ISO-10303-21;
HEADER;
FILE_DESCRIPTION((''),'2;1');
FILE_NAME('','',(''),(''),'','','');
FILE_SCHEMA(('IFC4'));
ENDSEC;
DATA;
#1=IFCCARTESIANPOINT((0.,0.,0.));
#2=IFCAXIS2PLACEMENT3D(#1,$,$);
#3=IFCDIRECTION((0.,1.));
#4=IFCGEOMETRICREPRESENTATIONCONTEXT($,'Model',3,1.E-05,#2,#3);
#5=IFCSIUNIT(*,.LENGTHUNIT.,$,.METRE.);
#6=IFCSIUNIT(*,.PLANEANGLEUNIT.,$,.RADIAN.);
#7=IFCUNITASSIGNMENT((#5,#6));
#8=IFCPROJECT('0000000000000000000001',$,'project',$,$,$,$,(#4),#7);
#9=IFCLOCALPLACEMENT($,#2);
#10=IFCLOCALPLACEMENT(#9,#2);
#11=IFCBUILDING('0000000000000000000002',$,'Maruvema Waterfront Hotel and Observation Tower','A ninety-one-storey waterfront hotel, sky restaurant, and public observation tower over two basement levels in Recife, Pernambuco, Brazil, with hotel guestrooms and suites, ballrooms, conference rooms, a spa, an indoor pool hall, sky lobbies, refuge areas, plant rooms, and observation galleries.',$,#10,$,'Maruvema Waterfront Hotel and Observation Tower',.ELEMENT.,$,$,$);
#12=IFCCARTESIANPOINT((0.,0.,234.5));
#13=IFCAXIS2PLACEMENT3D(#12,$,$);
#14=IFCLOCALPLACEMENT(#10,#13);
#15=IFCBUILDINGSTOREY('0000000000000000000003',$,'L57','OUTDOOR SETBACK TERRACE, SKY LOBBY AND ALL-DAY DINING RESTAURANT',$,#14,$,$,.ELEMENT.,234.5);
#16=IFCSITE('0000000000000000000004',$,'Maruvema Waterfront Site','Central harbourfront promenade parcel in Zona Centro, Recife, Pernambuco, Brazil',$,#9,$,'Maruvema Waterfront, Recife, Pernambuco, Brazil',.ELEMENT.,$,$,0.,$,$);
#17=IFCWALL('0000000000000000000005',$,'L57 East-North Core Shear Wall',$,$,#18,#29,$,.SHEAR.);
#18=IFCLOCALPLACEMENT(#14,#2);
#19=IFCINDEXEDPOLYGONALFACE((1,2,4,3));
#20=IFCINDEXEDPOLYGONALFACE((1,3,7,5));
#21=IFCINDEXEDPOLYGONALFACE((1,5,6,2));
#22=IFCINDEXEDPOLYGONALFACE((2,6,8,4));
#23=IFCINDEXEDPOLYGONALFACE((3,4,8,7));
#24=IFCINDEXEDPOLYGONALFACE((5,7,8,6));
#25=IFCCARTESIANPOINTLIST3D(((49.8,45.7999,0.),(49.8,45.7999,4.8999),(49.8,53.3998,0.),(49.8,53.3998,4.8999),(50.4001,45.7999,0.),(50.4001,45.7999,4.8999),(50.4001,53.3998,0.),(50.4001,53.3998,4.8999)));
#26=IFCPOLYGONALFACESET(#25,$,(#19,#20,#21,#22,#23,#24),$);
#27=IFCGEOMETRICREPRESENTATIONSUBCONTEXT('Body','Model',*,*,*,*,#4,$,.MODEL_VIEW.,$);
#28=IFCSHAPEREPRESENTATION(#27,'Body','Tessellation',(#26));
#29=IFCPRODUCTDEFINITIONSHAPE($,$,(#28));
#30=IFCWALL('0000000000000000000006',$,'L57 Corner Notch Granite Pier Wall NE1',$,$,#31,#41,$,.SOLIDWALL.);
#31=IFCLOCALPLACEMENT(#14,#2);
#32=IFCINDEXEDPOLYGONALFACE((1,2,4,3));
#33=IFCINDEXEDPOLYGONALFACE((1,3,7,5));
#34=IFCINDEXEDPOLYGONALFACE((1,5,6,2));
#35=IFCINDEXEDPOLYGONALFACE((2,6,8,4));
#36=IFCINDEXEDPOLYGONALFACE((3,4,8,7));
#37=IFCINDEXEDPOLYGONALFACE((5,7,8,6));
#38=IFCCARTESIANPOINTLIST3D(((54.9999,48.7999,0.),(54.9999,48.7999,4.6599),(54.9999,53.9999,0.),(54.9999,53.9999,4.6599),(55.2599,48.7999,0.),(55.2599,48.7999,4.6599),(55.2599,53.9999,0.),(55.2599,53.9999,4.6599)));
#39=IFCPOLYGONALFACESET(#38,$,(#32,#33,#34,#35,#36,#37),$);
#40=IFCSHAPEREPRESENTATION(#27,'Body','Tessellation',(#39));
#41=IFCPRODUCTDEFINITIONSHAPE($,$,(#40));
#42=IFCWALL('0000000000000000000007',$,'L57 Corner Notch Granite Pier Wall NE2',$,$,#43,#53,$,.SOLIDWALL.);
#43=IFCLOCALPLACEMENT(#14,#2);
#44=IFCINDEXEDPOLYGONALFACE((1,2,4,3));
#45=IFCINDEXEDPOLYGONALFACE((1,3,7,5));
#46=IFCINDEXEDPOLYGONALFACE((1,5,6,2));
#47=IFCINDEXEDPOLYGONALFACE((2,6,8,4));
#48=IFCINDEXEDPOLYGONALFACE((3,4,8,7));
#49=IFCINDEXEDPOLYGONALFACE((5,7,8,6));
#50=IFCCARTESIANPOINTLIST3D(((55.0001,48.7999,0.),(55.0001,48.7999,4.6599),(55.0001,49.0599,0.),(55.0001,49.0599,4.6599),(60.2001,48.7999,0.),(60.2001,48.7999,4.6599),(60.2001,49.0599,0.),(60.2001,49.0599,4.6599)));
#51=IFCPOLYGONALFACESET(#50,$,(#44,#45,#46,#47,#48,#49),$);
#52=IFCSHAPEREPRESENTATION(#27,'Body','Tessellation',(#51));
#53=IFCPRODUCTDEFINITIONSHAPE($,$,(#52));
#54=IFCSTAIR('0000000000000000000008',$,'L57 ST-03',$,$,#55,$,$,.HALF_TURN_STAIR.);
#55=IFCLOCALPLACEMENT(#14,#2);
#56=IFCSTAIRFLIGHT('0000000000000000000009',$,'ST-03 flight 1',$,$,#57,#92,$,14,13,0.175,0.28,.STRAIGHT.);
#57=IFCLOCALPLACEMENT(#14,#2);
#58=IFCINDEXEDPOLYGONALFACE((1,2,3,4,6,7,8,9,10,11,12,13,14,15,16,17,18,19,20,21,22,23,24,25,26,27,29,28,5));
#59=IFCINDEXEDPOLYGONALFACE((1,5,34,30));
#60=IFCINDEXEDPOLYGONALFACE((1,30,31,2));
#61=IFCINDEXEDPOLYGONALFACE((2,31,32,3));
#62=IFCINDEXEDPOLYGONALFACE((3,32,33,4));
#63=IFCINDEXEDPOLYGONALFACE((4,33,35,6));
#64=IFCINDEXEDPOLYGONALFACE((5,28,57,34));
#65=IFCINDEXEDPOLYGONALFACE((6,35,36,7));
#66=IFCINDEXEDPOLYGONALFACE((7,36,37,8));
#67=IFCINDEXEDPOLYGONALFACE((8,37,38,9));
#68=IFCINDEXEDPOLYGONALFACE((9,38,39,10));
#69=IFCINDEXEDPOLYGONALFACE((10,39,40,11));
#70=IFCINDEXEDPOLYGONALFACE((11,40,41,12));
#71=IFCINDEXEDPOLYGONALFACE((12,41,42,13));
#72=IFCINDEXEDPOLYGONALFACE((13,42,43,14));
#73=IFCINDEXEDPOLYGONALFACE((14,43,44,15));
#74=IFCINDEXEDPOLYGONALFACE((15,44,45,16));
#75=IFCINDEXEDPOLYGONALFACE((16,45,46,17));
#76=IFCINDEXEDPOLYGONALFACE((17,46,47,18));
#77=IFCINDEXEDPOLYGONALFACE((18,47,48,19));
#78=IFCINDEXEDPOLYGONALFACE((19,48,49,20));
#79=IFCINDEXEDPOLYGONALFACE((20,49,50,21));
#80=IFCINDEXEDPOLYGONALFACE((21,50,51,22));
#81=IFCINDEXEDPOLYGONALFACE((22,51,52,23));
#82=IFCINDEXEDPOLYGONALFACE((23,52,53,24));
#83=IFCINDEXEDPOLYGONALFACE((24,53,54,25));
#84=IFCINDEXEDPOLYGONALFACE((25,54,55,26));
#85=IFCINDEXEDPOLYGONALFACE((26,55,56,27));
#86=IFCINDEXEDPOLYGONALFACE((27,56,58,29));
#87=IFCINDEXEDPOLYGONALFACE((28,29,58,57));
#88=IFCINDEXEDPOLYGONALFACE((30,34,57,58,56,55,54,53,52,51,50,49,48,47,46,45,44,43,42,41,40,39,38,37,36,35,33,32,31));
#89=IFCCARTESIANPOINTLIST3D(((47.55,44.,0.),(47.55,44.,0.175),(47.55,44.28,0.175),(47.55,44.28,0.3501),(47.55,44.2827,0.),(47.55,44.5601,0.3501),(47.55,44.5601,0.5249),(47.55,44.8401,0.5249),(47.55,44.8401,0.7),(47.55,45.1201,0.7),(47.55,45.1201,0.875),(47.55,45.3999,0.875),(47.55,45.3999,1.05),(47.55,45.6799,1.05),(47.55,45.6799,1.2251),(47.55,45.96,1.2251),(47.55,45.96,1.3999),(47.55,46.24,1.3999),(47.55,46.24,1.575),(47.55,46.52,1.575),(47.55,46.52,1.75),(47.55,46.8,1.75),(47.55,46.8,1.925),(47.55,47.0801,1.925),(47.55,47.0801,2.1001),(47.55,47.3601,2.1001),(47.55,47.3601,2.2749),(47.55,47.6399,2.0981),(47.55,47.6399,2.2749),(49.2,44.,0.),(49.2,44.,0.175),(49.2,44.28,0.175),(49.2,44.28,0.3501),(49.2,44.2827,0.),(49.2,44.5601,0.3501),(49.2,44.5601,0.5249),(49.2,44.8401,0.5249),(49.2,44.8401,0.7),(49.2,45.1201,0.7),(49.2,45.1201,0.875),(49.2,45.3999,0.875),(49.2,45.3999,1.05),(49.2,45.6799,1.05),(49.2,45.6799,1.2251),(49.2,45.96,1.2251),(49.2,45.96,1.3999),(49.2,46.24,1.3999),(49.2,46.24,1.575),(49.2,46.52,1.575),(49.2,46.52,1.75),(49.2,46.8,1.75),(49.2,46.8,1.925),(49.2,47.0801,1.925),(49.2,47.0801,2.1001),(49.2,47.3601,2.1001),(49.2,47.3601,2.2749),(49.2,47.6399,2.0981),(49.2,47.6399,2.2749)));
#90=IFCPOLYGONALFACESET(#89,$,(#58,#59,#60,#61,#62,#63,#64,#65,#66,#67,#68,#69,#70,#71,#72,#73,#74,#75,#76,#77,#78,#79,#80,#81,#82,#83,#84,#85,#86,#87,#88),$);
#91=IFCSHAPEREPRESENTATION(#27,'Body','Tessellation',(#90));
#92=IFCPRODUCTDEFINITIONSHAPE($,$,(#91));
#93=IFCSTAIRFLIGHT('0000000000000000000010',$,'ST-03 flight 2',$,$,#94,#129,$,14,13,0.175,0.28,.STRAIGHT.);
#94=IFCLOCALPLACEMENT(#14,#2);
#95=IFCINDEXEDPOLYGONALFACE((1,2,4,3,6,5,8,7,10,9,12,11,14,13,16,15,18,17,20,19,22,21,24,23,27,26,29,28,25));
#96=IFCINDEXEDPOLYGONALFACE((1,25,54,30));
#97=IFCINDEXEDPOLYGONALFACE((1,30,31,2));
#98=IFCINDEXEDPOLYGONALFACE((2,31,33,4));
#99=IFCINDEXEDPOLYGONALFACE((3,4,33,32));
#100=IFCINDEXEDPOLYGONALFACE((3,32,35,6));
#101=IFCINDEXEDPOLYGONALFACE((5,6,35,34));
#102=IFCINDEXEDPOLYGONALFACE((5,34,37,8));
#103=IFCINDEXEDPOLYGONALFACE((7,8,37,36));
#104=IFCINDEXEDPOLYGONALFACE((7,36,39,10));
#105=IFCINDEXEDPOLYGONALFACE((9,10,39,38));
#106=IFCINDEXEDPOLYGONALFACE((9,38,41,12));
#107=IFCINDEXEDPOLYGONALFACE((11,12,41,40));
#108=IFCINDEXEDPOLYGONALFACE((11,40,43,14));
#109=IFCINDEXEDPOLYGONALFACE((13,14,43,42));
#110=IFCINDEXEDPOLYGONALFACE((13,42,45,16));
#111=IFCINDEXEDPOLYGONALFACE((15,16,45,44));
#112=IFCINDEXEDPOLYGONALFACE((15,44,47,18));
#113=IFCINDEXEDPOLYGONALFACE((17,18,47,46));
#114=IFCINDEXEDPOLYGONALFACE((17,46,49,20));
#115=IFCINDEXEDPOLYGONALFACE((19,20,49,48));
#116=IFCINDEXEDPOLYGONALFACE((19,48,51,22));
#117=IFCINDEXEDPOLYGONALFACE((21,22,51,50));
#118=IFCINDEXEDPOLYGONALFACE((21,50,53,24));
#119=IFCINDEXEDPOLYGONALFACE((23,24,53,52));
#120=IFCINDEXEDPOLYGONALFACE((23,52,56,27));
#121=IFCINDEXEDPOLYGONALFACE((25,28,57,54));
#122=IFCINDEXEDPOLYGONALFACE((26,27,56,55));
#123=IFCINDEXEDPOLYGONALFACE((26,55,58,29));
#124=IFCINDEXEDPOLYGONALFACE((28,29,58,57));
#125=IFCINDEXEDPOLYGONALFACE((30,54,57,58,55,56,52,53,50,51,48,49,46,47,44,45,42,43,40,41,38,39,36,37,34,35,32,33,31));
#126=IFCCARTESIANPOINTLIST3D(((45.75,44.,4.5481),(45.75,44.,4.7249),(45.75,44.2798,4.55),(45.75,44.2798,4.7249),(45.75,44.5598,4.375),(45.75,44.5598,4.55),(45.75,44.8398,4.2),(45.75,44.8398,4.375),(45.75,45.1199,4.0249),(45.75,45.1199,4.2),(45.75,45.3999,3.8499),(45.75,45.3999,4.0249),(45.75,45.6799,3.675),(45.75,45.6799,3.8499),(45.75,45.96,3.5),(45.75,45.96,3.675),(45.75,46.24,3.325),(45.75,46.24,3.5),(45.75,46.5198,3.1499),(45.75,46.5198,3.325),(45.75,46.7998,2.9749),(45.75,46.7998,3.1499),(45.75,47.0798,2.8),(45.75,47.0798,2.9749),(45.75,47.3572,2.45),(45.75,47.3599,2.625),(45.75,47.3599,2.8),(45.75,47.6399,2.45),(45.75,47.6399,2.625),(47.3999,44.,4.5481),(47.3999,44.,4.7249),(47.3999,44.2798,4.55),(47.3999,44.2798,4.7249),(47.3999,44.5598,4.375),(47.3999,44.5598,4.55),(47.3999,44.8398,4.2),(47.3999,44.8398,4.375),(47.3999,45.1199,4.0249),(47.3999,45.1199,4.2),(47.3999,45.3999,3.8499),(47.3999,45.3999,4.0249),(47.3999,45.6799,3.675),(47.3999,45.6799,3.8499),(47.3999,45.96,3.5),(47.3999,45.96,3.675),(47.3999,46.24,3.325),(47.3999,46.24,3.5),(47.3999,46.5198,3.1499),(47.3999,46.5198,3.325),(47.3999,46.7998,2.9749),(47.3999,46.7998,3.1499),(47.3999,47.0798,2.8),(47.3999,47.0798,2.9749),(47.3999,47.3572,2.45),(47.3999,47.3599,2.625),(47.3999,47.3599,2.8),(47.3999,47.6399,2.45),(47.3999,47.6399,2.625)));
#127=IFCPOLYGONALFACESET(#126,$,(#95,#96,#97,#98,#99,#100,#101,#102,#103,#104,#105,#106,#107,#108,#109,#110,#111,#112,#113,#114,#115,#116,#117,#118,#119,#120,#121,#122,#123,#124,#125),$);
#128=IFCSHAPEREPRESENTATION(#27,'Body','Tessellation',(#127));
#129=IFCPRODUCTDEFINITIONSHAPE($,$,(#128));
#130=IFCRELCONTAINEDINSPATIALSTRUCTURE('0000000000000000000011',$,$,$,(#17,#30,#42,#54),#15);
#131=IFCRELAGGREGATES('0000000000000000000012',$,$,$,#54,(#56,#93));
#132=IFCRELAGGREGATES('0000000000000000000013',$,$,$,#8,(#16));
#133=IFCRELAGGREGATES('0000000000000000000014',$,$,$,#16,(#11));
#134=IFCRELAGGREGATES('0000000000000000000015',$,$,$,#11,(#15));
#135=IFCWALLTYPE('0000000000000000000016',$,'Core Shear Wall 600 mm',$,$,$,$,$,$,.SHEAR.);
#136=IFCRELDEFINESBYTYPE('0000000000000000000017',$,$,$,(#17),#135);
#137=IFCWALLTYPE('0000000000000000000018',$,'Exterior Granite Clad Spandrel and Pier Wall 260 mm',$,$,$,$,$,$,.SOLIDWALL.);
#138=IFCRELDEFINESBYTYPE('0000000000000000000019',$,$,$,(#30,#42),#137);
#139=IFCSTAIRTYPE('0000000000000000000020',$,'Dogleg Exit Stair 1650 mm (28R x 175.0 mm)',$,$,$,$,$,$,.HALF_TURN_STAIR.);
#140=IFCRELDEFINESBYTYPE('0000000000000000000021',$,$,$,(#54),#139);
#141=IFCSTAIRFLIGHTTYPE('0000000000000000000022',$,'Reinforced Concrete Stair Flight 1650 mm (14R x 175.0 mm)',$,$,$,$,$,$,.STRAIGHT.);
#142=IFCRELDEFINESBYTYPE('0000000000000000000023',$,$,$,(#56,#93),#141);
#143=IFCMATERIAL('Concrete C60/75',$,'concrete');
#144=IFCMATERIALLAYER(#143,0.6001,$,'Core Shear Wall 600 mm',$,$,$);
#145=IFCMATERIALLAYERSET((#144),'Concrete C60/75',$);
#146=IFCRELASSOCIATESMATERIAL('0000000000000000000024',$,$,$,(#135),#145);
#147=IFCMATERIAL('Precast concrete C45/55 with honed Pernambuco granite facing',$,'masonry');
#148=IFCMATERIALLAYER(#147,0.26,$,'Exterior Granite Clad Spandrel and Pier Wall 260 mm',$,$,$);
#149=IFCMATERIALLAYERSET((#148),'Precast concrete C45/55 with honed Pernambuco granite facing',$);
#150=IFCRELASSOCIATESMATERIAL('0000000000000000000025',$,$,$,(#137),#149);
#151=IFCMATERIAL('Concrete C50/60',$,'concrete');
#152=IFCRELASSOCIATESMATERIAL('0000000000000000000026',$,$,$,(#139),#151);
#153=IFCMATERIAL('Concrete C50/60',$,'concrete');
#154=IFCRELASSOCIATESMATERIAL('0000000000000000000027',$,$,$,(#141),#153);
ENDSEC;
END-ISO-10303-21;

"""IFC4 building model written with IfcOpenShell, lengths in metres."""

from ifc_helpers import new_model, si_unit, direction, frame, frame_2d, origin, place, context, subcontext, project, spatial, polyline, rectangle, outline, extrude, material, layer, layer_set, type_object, element, aggregate, save


model = new_model("IFC4")

# Units and contexts
model_context = context("Model", 3, precision=1e-05, world=origin(), true_north=direction((0.0, 1.0)))
body_context = subcontext(model_context, "Body", "Model", "MODEL_VIEW")
ifc_project = project(units=[si_unit("LENGTHUNIT", "METRE"), si_unit("PLANEANGLEUNIT", "RADIAN")], contexts=[model_context])

# Site, building, storey
site_placement = place(None, origin())
site = spatial("IfcSite", under=ifc_project, at=site_placement, Name="Maruvema Waterfront Site", Description="Central harbourfront promenade parcel in Zona Centro, Recife, Pernambuco, Brazil", LongName="Maruvema Waterfront, Recife, Pernambuco, Brazil", CompositionType="ELEMENT", RefElevation=0.0)
building_placement = place(site_placement, origin())
building = spatial("IfcBuilding", under=site, at=building_placement, Name="Maruvema Waterfront Hotel and Observation Tower", Description="A ninety-one-storey waterfront hotel, sky restaurant, and public observation tower over two basement levels in Recife, Pernambuco, Brazil, with hotel guestrooms and suites, ballrooms, conference rooms, a spa, an indoor pool hall, sky lobbies, refuge areas, plant rooms, and observation galleries.", LongName="Maruvema Waterfront Hotel and Observation Tower", CompositionType="ELEMENT")
storey_placement = place(building_placement, frame((0.0, 0.0, 234.5)))
storey = spatial("IfcBuildingStorey", under=building, at=storey_placement, Name="L57", Description="OUTDOOR SETBACK TERRACE, SKY LOBBY AND ALL-DAY DINING RESTAURANT", CompositionType="ELEMENT", Elevation=234.5)

# Walls
ifc_material_1 = material(Name="Concrete C60/75", Category="concrete")
ifc_layer_1 = layer(ifc_material_1, 0.6001, Name="Core Shear Wall 600 mm")
ifc_layer_set_1 = layer_set([ifc_layer_1], Name="Concrete C60/75")
wall_type_1 = type_object("IfcWallType", Name="Core Shear Wall 600 mm", PredefinedType="SHEAR", material=ifc_layer_set_1)
wall_1_placement = place(storey_placement, frame((50.1001, 45.8, 0.0), z_axis=(0.0, 0.0, 1.0), x_axis=(0.0, 1.0, 0.0)))
element("IfcWall", 1, at=wall_1_placement, inside=storey, type_object=wall_type_1, Name="L57 East-North Core Shear Wall", PredefinedType="SHEAR", context=body_context, shape_type="SweptSolid", body=[
    extrude(rectangle(XDim=7.5999, YDim=0.6001, at=frame_2d((3.7998, 0.0))), origin(), (0.0, 0.0, 1.0), 4.8999),
])
ifc_material_2 = material(Name="Precast concrete C45/55 with honed Pernambuco granite facing", Category="masonry")
ifc_layer_2 = layer(ifc_material_2, 0.26, Name="Exterior Granite Clad Spandrel and Pier Wall 260 mm")
ifc_layer_set_2 = layer_set([ifc_layer_2], Name="Precast concrete C45/55 with honed Pernambuco granite facing")
wall_type_2 = type_object("IfcWallType", Name="Exterior Granite Clad Spandrel and Pier Wall 260 mm", PredefinedType="SOLIDWALL", material=ifc_layer_set_2)
for number, where, z_axis, x_axis, name in (
    (2, (55.1299, 54.0, 0.0), (0.0, 0.0, 1.0), (0.0, -1.0, 0.0), "L57 Corner Notch Granite Pier Wall NE1"),
    (3, (55.0, 48.9299, 0.0), (0.0, 0.0, 1.0), (1.0, 0.0, 0.0), "L57 Corner Notch Granite Pier Wall NE2"),
):
    element("IfcWall", number, at=place(storey_placement, frame(where, z_axis=z_axis, x_axis=x_axis)), inside=storey, type_object=wall_type_2, Name=name, PredefinedType="SOLIDWALL", context=body_context, shape_type="SweptSolid", body=[
        extrude(rectangle(XDim=5.2, YDim=0.26, at=frame_2d((2.6001, 0.0))), origin(), (0.0, 0.0, 1.0), 4.6599),
    ])

# Stair, stair flights
ifc_material_3 = material(Name="Concrete C50/60", Category="concrete")
stair_type = type_object("IfcStairType", Name="Dogleg Exit Stair 1650 mm (28R x 175.0 mm)", PredefinedType="HALF_TURN_STAIR", material=ifc_material_3)
stair_placement = place(storey_placement, origin())
stair = element("IfcStair", 4, at=stair_placement, inside=storey, type_object=stair_type, Name="L57 ST-03", PredefinedType="HALF_TURN_STAIR")
ifc_material_4 = material(Name="Concrete C50/60", Category="concrete")
stair_flight_type = type_object("IfcStairFlightType", Name="Reinforced Concrete Stair Flight 1650 mm (14R x 175.0 mm)", PredefinedType="STRAIGHT", material=ifc_material_4)
stair_flight_1_placement = place(storey_placement, frame((48.375, 44.0, 0.0), z_axis=(0.0, 0.0, 1.0), x_axis=(0.0, 1.0, 0.0)))
stair_flight_1 = element("IfcStairFlight", 5, at=stair_flight_1_placement, type_object=stair_flight_type, Name="ST-03 flight 1", NumberOfRisers=14, NumberOfTreads=13, PredefinedType="STRAIGHT", RiserHeight=0.175, TreadLength=0.28, context=body_context, shape_type="SweptSolid", body=[
    extrude(outline(polyline([(0.0, 0.0), (0.0, 0.175), (0.28, 0.175), (0.28, 0.3501), (0.5601, 0.3501), (0.5601, 0.5249), (0.8401, 0.5249), (0.8401, 0.7), (1.1201, 0.7), (1.1201, 0.875), (1.3999, 0.875), (1.3999, 1.05), (1.6799, 1.05), (1.6799, 1.2251), (1.96, 1.2251), (1.96, 1.3999), (2.24, 1.3999), (2.24, 1.575), (2.52, 1.575), (2.52, 1.75), (2.8, 1.75), (2.8, 1.925), (3.0801, 1.925), (3.0801, 2.1001), (3.3601, 2.1001), (3.3601, 2.2749), (3.6399, 2.2749), (3.6399, 2.45), (3.6399, 2.0981), (0.2827, 0.0), (0.0, 0.0)])), frame((0.0, 0.825, 0.0), z_axis=(0.0, -1.0, 0.0), x_axis=(1.0, 0.0, 0.0)), (0.0, 0.0, 1.0), 1.6499),
])
stair_flight_2_placement = place(storey_placement, frame((46.575, 47.6399, 2.45), z_axis=(0.0, 0.0, 1.0), x_axis=(0.0, -1.0, 0.0)))
stair_flight_2 = element("IfcStairFlight", 6, at=stair_flight_2_placement, type_object=stair_flight_type, Name="ST-03 flight 2", NumberOfRisers=14, NumberOfTreads=13, PredefinedType="STRAIGHT", RiserHeight=0.175, TreadLength=0.28, context=body_context, shape_type="SweptSolid", body=[
    extrude(outline(polyline([(0.0, 0.0), (0.0, 0.175), (0.28, 0.175), (0.28, 0.3501), (0.5601, 0.3501), (0.5601, 0.5249), (0.8401, 0.5249), (0.8401, 0.7), (1.1201, 0.7), (1.1201, 0.875), (1.3999, 0.875), (1.3999, 1.05), (1.6799, 1.05), (1.6799, 1.2251), (1.96, 1.2251), (1.96, 1.3999), (2.24, 1.3999), (2.24, 1.575), (2.52, 1.575), (2.52, 1.75), (2.8, 1.75), (2.8, 1.925), (3.0801, 1.925), (3.0801, 2.1001), (3.3601, 2.1001), (3.3601, 2.2749), (3.6399, 2.2749), (3.6399, 2.45), (3.6399, 2.0981), (0.2827, 0.0), (0.0, 0.0)])), frame((0.0, 0.825, 0.0), z_axis=(0.0, -1.0, 0.0), x_axis=(1.0, 0.0, 0.0)), (0.0, 0.0, 1.0), 1.6499),
])
aggregate(stair, [stair_flight_1, stair_flight_2])

save(model, "model.ifc")
